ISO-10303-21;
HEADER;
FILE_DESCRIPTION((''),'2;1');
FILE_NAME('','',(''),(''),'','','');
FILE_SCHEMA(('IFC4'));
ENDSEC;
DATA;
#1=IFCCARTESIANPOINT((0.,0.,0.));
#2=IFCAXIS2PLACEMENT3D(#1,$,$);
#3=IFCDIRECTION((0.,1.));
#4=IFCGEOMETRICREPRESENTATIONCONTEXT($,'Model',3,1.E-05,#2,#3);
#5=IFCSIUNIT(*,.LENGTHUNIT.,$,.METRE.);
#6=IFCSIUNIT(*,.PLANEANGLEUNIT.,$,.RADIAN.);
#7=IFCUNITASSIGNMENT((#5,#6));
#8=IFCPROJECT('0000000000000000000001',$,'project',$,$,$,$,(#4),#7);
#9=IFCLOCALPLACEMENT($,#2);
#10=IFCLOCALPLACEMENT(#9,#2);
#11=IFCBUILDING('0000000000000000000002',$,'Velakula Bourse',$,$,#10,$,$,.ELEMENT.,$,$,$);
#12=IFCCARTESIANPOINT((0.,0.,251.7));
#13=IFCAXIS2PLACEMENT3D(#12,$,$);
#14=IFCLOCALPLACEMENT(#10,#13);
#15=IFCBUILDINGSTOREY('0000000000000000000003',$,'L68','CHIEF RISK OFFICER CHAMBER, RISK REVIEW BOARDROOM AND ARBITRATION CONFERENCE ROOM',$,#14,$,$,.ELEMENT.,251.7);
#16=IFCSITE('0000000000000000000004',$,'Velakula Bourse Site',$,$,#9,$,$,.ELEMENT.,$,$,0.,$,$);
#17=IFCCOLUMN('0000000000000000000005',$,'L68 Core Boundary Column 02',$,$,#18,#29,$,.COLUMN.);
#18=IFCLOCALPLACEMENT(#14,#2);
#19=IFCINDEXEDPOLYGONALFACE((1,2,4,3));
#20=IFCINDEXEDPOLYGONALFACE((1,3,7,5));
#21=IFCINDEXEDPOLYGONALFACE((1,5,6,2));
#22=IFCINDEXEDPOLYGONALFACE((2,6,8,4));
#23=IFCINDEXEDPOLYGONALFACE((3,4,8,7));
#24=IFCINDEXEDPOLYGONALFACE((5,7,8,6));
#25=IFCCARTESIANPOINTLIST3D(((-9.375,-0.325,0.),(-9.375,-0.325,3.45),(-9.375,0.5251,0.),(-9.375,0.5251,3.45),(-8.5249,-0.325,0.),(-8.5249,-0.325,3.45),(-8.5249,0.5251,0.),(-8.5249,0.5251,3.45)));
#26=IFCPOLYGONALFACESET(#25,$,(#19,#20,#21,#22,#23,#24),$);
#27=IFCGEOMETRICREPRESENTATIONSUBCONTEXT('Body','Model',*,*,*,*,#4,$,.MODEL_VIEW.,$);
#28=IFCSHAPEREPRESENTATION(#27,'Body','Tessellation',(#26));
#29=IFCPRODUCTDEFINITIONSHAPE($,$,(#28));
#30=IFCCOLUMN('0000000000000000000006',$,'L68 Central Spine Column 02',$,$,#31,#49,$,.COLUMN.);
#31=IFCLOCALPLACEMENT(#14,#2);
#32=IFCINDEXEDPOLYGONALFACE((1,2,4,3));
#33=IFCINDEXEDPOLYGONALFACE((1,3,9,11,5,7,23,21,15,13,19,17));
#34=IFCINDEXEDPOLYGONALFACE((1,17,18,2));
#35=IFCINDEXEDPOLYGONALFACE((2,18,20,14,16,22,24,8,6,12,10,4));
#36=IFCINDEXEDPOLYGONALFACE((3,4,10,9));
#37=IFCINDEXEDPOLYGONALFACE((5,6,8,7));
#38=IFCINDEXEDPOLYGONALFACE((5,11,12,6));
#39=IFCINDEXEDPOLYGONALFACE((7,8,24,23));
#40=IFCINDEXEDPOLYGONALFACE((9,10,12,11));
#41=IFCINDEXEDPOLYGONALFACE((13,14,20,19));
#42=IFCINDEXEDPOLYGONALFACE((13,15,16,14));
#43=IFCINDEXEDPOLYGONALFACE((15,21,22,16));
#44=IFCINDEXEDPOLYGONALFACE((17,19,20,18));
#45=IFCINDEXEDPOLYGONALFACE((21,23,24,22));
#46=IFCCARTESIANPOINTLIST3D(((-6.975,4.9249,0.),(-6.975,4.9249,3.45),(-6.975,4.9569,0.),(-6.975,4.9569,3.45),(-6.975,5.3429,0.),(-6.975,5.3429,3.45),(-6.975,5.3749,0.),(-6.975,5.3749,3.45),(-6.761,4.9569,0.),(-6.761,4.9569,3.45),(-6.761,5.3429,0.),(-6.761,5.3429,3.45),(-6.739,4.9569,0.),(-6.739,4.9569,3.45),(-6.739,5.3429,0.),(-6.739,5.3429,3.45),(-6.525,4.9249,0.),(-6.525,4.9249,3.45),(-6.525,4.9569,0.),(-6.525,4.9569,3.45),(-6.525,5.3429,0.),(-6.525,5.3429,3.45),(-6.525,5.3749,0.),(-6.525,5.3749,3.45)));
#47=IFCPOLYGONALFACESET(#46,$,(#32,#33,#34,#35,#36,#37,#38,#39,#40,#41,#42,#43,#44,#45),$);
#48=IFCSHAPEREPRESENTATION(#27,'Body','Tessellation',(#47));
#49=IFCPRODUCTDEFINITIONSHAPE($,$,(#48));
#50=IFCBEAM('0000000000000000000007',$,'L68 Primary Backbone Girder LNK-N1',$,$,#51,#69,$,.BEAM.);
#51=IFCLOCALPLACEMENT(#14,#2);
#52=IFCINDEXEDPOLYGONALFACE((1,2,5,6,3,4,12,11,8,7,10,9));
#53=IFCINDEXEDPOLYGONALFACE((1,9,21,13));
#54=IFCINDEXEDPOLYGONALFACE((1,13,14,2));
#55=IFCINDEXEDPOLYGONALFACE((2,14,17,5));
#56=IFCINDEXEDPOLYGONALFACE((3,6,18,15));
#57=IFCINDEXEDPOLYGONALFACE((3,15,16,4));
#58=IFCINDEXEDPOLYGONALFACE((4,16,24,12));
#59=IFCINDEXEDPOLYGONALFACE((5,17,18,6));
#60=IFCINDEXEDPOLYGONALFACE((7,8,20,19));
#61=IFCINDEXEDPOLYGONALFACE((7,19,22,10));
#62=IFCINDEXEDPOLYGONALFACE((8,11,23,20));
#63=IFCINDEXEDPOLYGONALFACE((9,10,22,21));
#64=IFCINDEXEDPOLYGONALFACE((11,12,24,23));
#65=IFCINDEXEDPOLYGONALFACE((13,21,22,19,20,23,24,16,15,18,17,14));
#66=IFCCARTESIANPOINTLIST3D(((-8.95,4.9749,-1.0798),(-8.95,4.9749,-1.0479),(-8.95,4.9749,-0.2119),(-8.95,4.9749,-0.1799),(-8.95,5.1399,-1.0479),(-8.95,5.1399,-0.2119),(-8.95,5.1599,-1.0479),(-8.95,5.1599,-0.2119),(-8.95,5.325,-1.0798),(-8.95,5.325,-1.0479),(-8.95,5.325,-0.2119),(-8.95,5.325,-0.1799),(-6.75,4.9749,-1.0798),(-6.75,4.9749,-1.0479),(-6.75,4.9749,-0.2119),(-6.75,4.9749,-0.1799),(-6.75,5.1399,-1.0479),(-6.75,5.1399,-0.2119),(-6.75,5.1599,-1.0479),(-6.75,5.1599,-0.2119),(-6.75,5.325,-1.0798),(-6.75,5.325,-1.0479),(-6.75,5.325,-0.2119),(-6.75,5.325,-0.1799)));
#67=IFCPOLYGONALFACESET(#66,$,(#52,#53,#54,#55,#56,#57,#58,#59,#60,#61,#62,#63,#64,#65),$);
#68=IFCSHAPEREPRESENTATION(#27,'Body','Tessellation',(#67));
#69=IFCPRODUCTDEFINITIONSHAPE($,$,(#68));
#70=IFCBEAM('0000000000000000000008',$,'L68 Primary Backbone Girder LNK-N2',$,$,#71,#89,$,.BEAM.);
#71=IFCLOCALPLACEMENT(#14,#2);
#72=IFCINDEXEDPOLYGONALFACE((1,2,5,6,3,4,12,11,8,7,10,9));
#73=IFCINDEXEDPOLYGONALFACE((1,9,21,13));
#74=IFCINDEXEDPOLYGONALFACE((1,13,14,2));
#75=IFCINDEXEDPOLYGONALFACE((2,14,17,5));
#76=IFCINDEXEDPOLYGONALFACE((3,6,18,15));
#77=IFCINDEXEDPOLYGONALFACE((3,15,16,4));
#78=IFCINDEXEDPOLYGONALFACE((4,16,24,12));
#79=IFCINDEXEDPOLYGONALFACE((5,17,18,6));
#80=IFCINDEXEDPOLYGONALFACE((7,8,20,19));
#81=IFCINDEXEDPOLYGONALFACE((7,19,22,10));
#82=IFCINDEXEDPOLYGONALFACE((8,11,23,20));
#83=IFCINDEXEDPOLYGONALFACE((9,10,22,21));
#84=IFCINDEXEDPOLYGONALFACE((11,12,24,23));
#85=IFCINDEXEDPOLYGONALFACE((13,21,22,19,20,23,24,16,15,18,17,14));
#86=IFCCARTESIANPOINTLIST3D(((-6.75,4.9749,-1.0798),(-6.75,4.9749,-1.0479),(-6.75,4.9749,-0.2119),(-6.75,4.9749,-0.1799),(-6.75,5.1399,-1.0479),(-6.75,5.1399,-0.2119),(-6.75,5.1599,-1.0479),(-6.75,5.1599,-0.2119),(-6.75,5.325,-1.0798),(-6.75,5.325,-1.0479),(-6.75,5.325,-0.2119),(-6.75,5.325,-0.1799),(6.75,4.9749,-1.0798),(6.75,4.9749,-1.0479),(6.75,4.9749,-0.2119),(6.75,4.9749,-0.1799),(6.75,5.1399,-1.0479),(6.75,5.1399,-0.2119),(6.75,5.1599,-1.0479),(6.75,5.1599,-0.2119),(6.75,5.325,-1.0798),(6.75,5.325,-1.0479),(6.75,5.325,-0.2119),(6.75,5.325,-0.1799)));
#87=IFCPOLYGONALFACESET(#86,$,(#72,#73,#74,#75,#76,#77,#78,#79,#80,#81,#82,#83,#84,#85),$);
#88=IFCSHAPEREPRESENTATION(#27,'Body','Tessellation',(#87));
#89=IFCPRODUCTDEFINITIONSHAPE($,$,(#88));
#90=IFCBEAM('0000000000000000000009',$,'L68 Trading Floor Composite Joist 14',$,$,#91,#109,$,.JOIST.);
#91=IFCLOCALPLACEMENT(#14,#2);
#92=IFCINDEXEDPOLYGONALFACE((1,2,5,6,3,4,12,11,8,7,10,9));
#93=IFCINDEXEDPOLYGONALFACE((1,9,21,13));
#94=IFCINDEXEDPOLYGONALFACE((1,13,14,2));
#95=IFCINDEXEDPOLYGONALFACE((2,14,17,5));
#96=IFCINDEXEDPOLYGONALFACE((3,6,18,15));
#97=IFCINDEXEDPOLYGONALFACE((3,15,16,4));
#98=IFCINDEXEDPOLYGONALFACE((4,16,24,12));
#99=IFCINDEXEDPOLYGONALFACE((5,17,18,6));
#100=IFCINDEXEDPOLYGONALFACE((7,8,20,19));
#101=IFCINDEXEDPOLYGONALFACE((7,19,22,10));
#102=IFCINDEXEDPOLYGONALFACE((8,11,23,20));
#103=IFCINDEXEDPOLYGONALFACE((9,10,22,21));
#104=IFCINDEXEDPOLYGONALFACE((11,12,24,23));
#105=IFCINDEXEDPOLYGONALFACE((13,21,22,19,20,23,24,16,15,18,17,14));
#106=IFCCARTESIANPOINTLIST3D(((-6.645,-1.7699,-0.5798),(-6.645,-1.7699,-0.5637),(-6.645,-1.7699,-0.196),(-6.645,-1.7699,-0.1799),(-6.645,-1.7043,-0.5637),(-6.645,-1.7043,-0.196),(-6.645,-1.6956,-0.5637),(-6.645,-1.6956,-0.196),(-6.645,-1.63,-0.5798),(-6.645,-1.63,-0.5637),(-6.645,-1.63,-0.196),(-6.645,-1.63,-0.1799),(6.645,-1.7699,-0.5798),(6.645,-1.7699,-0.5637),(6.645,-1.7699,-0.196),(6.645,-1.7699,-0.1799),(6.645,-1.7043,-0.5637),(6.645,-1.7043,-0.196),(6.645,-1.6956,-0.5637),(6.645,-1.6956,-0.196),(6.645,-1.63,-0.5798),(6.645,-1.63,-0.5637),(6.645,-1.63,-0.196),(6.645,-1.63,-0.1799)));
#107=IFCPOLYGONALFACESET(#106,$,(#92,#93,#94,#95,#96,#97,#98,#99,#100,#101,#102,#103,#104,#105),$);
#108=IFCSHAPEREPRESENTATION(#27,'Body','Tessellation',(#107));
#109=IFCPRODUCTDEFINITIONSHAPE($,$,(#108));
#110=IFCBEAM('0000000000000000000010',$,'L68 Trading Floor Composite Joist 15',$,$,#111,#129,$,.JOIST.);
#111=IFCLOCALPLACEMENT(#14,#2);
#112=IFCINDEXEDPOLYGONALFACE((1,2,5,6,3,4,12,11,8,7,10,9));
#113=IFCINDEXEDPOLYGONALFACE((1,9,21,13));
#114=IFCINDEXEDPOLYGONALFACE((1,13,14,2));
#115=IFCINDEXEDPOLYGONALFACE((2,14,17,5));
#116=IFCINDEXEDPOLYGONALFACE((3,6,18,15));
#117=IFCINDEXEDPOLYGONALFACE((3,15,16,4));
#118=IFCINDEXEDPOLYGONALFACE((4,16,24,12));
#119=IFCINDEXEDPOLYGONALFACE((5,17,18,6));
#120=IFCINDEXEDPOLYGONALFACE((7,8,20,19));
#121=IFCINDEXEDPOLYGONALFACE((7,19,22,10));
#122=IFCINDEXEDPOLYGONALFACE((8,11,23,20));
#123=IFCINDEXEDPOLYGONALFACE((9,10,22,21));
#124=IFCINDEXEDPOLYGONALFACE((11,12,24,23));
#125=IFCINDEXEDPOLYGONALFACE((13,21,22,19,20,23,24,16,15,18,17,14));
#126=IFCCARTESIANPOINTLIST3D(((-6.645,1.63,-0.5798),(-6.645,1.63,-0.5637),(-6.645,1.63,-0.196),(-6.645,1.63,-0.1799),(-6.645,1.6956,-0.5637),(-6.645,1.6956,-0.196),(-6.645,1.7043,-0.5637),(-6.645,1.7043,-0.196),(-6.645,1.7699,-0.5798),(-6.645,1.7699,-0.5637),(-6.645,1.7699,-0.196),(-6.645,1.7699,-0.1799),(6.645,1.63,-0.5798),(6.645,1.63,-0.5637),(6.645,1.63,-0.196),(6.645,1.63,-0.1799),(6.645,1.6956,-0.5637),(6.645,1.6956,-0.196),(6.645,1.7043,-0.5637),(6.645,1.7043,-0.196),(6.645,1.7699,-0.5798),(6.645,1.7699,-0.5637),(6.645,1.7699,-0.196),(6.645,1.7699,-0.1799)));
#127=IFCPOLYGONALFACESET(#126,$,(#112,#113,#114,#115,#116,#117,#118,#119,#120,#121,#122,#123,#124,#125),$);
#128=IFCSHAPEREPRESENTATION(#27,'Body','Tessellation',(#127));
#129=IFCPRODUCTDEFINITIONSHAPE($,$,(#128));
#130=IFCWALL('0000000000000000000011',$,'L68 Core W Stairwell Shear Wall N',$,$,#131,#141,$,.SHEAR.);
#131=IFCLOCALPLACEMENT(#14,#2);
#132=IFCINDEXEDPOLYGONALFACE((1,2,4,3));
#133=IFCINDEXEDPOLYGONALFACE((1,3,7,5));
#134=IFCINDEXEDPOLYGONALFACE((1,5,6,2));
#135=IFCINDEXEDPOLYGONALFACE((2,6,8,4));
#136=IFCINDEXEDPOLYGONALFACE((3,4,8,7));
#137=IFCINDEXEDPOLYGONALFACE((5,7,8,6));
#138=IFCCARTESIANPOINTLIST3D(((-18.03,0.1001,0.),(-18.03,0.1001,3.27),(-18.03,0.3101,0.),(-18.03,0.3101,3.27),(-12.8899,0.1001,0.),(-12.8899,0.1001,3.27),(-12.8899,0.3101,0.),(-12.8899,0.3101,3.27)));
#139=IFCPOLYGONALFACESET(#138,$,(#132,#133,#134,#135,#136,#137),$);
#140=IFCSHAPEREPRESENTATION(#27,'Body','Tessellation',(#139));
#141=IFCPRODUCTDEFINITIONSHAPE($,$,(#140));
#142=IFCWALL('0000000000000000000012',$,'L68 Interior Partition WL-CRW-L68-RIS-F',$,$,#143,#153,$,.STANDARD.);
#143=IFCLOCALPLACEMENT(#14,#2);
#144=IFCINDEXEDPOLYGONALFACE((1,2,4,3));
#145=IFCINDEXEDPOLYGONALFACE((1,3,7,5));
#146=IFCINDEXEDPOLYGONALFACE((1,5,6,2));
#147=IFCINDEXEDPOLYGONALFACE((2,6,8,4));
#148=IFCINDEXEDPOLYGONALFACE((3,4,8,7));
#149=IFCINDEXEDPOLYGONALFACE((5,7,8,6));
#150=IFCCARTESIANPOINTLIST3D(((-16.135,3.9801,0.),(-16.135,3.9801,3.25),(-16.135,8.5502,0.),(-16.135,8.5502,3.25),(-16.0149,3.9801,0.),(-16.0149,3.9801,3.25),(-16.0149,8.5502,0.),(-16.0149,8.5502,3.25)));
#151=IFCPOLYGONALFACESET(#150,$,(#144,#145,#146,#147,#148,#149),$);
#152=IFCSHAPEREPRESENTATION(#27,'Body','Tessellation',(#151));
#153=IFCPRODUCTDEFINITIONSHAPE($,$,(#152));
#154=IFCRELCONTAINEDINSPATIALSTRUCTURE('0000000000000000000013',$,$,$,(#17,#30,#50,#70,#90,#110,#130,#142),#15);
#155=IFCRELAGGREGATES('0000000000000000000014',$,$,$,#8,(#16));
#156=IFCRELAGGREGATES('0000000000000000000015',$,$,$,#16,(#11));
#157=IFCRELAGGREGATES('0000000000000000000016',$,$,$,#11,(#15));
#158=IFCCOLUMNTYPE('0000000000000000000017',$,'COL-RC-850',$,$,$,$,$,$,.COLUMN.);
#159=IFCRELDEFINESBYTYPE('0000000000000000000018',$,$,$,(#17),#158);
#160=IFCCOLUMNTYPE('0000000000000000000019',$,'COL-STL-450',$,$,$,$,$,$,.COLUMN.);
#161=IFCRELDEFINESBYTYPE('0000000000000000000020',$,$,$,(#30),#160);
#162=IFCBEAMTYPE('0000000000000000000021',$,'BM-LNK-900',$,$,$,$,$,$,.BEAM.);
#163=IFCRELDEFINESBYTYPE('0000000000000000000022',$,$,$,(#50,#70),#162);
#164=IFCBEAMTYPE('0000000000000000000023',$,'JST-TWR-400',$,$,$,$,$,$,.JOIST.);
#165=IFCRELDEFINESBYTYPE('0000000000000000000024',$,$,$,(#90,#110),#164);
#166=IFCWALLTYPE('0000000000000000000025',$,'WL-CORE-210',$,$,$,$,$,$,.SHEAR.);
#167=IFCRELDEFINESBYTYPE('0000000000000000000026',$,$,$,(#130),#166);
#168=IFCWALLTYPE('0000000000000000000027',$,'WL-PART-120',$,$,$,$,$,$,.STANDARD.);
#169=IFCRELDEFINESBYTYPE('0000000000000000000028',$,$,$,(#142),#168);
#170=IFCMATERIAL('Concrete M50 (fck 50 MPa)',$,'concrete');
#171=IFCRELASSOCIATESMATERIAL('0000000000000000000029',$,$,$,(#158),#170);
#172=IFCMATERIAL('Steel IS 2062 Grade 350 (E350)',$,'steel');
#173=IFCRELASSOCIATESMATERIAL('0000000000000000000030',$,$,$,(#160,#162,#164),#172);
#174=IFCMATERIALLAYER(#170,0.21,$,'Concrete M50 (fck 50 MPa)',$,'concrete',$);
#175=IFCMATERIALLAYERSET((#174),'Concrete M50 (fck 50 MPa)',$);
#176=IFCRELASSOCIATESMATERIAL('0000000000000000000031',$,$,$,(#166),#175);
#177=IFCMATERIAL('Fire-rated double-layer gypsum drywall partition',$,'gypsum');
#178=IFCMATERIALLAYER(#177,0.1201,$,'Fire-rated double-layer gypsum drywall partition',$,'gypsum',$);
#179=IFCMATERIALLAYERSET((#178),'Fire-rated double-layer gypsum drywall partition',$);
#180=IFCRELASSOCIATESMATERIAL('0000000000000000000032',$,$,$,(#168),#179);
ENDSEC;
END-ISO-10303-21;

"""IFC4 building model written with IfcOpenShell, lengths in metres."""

from ifc_helpers import new_model, si_unit, direction, frame, frame_2d, origin, origin_2d, place, context, subcontext, project, spatial, rectangle, i_section, extrude, material, layer, layer_set, material_profile, profile_set, type_object, element, save


model = new_model("IFC4")

# Units and contexts
model_context = context("Model", 3, precision=1e-05, world=origin(), true_north=direction((0.0, 1.0)))
body_context = subcontext(model_context, "Body", "Model", "MODEL_VIEW")
ifc_project = project(units=[si_unit("LENGTHUNIT", "METRE"), si_unit("PLANEANGLEUNIT", "RADIAN")], contexts=[model_context])

# Site, building, storey
site_placement = place(None, origin())
site = spatial("IfcSite", under=ifc_project, at=site_placement, Name="Velakula Bourse Site", CompositionType="ELEMENT", RefElevation=0.0)
building_placement = place(site_placement, origin())
building = spatial("IfcBuilding", under=site, at=building_placement, Name="Velakula Bourse", CompositionType="ELEMENT")
storey_placement = place(building_placement, frame((0.0, 0.0, 251.7)))
storey = spatial("IfcBuildingStorey", under=building, at=storey_placement, Name="L68", Description="CHIEF RISK OFFICER CHAMBER, RISK REVIEW BOARDROOM AND ARBITRATION CONFERENCE ROOM", CompositionType="ELEMENT", Elevation=251.7)

# Columns
ifc_material_1 = material(Name="Concrete M50 (fck 50 MPa)", Category="concrete")
ifc_material_profile_1 = material_profile(ifc_material_1, rectangle(XDim=0.8501, YDim=0.8501, at=origin_2d()), Name="Concrete M50 (fck 50 MPa)")
ifc_profile_set_1 = profile_set([ifc_material_profile_1], Name="Concrete M50 (fck 50 MPa)")
column_type_1 = type_object("IfcColumnType", Name="COL-RC-850", PredefinedType="COLUMN", material=ifc_profile_set_1)
column_1_placement = place(storey_placement, frame((-8.95, 0.1001, 0.0), z_axis=(0.0, 0.0, 1.0), x_axis=(1.0, 0.0, 0.0)))
element("IfcColumn", 1, at=column_1_placement, inside=storey, type_object=column_type_1, Name="L68 Core Boundary Column 02", PredefinedType="COLUMN", context=body_context, shape_type="SweptSolid", body=[
    extrude(rectangle(XDim=0.8501, YDim=0.8501, at=origin_2d()), origin(), (0.0, 0.0, 1.0), 3.45),
])
ifc_material_2 = material(Name="Steel IS 2062 Grade 350 (E350)", Category="steel")
ifc_material_profile_2 = material_profile(ifc_material_2, i_section(OverallWidth=0.45, OverallDepth=0.45, WebThickness=0.022, FlangeThickness=0.032, at=origin_2d()), Name="Steel IS 2062 Grade 350 (E350)")
ifc_profile_set_2 = profile_set([ifc_material_profile_2], Name="Steel IS 2062 Grade 350 (E350)")
column_type_2 = type_object("IfcColumnType", Name="COL-STL-450", PredefinedType="COLUMN", material=ifc_profile_set_2)
column_2_placement = place(storey_placement, frame((-6.75, 5.1499, 0.0), z_axis=(0.0, 0.0, 1.0), x_axis=(1.0, 0.0, 0.0)))
element("IfcColumn", 2, at=column_2_placement, inside=storey, type_object=column_type_2, Name="L68 Central Spine Column 02", PredefinedType="COLUMN", context=body_context, shape_type="SweptSolid", body=[
    extrude(i_section(OverallWidth=0.45, OverallDepth=0.45, WebThickness=0.022, FlangeThickness=0.032, at=origin_2d()), origin(), (0.0, 0.0, 1.0), 3.45),
])

# Beams
ifc_material_profile_3 = material_profile(ifc_material_2, i_section(OverallWidth=0.3501, OverallDepth=0.8999, WebThickness=0.02, FlangeThickness=0.032, at=origin_2d()), Name="Steel IS 2062 Grade 350 (E350)")
ifc_profile_set_3 = profile_set([ifc_material_profile_3], Name="Steel IS 2062 Grade 350 (E350)")
beam_type_1 = type_object("IfcBeamType", Name="BM-LNK-900", PredefinedType="BEAM", material=ifc_profile_set_3)
beam_1_placement = place(storey_placement, frame((-8.95, 5.1499, -0.6299), z_axis=(1.0, 0.0, 0.0), x_axis=(0.0, 1.0, 0.0)))
element("IfcBeam", 3, at=beam_1_placement, inside=storey, type_object=beam_type_1, Name="L68 Primary Backbone Girder LNK-N1", PredefinedType="BEAM", context=body_context, shape_type="SweptSolid", body=[
    extrude(i_section(OverallWidth=0.3501, OverallDepth=0.8999, WebThickness=0.02, FlangeThickness=0.032, at=origin_2d()), origin(), (0.0, 0.0, 1.0), 2.2),
])
beam_2_placement = place(storey_placement, frame((-6.75, 5.1499, -0.6299), z_axis=(1.0, 0.0, 0.0), x_axis=(0.0, 1.0, 0.0)))
element("IfcBeam", 4, at=beam_2_placement, inside=storey, type_object=beam_type_1, Name="L68 Primary Backbone Girder LNK-N2", PredefinedType="BEAM", context=body_context, shape_type="SweptSolid", body=[
    extrude(i_section(OverallWidth=0.3501, OverallDepth=0.8999, WebThickness=0.02, FlangeThickness=0.032, at=origin_2d()), origin(), (0.0, 0.0, 1.0), 13.5),
])
ifc_material_profile_4 = material_profile(ifc_material_2, i_section(OverallWidth=0.1399, OverallDepth=0.3999, WebThickness=0.0088, FlangeThickness=0.0161, at=origin_2d()), Name="Steel IS 2062 Grade 350 (E350)")
ifc_profile_set_4 = profile_set([ifc_material_profile_4], Name="Steel IS 2062 Grade 350 (E350)")
beam_type_2 = type_object("IfcBeamType", Name="JST-TWR-400", PredefinedType="JOIST", material=ifc_profile_set_4)
for number, where, z_axis, x_axis, name in (
    (5, (-6.645, -1.7, -0.3799), (1.0, 0.0, 0.0), (0.0, 1.0, 0.0), "L68 Trading Floor Composite Joist 14"),
    (6, (-6.645, 1.7, -0.3799), (1.0, 0.0, 0.0), (0.0, 1.0, 0.0), "L68 Trading Floor Composite Joist 15"),
):
    element("IfcBeam", number, at=place(storey_placement, frame(where, z_axis=z_axis, x_axis=x_axis)), inside=storey, type_object=beam_type_2, Name=name, PredefinedType="JOIST", context=body_context, shape_type="SweptSolid", body=[
        extrude(i_section(OverallWidth=0.1399, OverallDepth=0.3999, WebThickness=0.0088, FlangeThickness=0.0161, at=origin_2d()), origin(), (0.0, 0.0, 1.0), 13.29),
    ])

# Walls
ifc_layer_1 = layer(ifc_material_1, 0.21, Name="Concrete M50 (fck 50 MPa)", Category="concrete")
ifc_layer_set_1 = layer_set([ifc_layer_1], Name="Concrete M50 (fck 50 MPa)")
wall_type_1 = type_object("IfcWallType", Name="WL-CORE-210", PredefinedType="SHEAR", material=ifc_layer_set_1)
wall_1_placement = place(storey_placement, frame((-12.8899, 0.2051, 0.0), z_axis=(0.0, 0.0, 1.0), x_axis=(-1.0, 0.0, 0.0)))
element("IfcWall", 7, at=wall_1_placement, inside=storey, type_object=wall_type_1, Name="L68 Core W Stairwell Shear Wall N", PredefinedType="SHEAR", context=body_context, shape_type="SweptSolid", body=[
    extrude(rectangle(XDim=5.1401, YDim=0.21, at=frame_2d((2.5701, 0.0))), origin(), (0.0, 0.0, 1.0), 3.27),
])
ifc_material_3 = material(Name="Fire-rated double-layer gypsum drywall partition", Category="gypsum")
ifc_layer_2 = layer(ifc_material_3, 0.1201, Name="Fire-rated double-layer gypsum drywall partition", Category="gypsum")
ifc_layer_set_2 = layer_set([ifc_layer_2], Name="Fire-rated double-layer gypsum drywall partition")
wall_type_2 = type_object("IfcWallType", Name="WL-PART-120", PredefinedType="STANDARD", material=ifc_layer_set_2)
wall_2_placement = place(storey_placement, frame((-16.075, 3.98, 0.0), z_axis=(0.0, 0.0, 1.0), x_axis=(0.0, 1.0, 0.0)))
element("IfcWall", 8, at=wall_2_placement, inside=storey, type_object=wall_type_2, Name="L68 Interior Partition WL-CRW-L68-RIS-F", PredefinedType="STANDARD", context=body_context, shape_type="SweptSolid", body=[
    extrude(rectangle(XDim=4.5701, YDim=0.1201, at=frame_2d((2.2852, 0.0))), origin(), (0.0, 0.0, 1.0), 3.25),
])

save(model, "model.ifc")
